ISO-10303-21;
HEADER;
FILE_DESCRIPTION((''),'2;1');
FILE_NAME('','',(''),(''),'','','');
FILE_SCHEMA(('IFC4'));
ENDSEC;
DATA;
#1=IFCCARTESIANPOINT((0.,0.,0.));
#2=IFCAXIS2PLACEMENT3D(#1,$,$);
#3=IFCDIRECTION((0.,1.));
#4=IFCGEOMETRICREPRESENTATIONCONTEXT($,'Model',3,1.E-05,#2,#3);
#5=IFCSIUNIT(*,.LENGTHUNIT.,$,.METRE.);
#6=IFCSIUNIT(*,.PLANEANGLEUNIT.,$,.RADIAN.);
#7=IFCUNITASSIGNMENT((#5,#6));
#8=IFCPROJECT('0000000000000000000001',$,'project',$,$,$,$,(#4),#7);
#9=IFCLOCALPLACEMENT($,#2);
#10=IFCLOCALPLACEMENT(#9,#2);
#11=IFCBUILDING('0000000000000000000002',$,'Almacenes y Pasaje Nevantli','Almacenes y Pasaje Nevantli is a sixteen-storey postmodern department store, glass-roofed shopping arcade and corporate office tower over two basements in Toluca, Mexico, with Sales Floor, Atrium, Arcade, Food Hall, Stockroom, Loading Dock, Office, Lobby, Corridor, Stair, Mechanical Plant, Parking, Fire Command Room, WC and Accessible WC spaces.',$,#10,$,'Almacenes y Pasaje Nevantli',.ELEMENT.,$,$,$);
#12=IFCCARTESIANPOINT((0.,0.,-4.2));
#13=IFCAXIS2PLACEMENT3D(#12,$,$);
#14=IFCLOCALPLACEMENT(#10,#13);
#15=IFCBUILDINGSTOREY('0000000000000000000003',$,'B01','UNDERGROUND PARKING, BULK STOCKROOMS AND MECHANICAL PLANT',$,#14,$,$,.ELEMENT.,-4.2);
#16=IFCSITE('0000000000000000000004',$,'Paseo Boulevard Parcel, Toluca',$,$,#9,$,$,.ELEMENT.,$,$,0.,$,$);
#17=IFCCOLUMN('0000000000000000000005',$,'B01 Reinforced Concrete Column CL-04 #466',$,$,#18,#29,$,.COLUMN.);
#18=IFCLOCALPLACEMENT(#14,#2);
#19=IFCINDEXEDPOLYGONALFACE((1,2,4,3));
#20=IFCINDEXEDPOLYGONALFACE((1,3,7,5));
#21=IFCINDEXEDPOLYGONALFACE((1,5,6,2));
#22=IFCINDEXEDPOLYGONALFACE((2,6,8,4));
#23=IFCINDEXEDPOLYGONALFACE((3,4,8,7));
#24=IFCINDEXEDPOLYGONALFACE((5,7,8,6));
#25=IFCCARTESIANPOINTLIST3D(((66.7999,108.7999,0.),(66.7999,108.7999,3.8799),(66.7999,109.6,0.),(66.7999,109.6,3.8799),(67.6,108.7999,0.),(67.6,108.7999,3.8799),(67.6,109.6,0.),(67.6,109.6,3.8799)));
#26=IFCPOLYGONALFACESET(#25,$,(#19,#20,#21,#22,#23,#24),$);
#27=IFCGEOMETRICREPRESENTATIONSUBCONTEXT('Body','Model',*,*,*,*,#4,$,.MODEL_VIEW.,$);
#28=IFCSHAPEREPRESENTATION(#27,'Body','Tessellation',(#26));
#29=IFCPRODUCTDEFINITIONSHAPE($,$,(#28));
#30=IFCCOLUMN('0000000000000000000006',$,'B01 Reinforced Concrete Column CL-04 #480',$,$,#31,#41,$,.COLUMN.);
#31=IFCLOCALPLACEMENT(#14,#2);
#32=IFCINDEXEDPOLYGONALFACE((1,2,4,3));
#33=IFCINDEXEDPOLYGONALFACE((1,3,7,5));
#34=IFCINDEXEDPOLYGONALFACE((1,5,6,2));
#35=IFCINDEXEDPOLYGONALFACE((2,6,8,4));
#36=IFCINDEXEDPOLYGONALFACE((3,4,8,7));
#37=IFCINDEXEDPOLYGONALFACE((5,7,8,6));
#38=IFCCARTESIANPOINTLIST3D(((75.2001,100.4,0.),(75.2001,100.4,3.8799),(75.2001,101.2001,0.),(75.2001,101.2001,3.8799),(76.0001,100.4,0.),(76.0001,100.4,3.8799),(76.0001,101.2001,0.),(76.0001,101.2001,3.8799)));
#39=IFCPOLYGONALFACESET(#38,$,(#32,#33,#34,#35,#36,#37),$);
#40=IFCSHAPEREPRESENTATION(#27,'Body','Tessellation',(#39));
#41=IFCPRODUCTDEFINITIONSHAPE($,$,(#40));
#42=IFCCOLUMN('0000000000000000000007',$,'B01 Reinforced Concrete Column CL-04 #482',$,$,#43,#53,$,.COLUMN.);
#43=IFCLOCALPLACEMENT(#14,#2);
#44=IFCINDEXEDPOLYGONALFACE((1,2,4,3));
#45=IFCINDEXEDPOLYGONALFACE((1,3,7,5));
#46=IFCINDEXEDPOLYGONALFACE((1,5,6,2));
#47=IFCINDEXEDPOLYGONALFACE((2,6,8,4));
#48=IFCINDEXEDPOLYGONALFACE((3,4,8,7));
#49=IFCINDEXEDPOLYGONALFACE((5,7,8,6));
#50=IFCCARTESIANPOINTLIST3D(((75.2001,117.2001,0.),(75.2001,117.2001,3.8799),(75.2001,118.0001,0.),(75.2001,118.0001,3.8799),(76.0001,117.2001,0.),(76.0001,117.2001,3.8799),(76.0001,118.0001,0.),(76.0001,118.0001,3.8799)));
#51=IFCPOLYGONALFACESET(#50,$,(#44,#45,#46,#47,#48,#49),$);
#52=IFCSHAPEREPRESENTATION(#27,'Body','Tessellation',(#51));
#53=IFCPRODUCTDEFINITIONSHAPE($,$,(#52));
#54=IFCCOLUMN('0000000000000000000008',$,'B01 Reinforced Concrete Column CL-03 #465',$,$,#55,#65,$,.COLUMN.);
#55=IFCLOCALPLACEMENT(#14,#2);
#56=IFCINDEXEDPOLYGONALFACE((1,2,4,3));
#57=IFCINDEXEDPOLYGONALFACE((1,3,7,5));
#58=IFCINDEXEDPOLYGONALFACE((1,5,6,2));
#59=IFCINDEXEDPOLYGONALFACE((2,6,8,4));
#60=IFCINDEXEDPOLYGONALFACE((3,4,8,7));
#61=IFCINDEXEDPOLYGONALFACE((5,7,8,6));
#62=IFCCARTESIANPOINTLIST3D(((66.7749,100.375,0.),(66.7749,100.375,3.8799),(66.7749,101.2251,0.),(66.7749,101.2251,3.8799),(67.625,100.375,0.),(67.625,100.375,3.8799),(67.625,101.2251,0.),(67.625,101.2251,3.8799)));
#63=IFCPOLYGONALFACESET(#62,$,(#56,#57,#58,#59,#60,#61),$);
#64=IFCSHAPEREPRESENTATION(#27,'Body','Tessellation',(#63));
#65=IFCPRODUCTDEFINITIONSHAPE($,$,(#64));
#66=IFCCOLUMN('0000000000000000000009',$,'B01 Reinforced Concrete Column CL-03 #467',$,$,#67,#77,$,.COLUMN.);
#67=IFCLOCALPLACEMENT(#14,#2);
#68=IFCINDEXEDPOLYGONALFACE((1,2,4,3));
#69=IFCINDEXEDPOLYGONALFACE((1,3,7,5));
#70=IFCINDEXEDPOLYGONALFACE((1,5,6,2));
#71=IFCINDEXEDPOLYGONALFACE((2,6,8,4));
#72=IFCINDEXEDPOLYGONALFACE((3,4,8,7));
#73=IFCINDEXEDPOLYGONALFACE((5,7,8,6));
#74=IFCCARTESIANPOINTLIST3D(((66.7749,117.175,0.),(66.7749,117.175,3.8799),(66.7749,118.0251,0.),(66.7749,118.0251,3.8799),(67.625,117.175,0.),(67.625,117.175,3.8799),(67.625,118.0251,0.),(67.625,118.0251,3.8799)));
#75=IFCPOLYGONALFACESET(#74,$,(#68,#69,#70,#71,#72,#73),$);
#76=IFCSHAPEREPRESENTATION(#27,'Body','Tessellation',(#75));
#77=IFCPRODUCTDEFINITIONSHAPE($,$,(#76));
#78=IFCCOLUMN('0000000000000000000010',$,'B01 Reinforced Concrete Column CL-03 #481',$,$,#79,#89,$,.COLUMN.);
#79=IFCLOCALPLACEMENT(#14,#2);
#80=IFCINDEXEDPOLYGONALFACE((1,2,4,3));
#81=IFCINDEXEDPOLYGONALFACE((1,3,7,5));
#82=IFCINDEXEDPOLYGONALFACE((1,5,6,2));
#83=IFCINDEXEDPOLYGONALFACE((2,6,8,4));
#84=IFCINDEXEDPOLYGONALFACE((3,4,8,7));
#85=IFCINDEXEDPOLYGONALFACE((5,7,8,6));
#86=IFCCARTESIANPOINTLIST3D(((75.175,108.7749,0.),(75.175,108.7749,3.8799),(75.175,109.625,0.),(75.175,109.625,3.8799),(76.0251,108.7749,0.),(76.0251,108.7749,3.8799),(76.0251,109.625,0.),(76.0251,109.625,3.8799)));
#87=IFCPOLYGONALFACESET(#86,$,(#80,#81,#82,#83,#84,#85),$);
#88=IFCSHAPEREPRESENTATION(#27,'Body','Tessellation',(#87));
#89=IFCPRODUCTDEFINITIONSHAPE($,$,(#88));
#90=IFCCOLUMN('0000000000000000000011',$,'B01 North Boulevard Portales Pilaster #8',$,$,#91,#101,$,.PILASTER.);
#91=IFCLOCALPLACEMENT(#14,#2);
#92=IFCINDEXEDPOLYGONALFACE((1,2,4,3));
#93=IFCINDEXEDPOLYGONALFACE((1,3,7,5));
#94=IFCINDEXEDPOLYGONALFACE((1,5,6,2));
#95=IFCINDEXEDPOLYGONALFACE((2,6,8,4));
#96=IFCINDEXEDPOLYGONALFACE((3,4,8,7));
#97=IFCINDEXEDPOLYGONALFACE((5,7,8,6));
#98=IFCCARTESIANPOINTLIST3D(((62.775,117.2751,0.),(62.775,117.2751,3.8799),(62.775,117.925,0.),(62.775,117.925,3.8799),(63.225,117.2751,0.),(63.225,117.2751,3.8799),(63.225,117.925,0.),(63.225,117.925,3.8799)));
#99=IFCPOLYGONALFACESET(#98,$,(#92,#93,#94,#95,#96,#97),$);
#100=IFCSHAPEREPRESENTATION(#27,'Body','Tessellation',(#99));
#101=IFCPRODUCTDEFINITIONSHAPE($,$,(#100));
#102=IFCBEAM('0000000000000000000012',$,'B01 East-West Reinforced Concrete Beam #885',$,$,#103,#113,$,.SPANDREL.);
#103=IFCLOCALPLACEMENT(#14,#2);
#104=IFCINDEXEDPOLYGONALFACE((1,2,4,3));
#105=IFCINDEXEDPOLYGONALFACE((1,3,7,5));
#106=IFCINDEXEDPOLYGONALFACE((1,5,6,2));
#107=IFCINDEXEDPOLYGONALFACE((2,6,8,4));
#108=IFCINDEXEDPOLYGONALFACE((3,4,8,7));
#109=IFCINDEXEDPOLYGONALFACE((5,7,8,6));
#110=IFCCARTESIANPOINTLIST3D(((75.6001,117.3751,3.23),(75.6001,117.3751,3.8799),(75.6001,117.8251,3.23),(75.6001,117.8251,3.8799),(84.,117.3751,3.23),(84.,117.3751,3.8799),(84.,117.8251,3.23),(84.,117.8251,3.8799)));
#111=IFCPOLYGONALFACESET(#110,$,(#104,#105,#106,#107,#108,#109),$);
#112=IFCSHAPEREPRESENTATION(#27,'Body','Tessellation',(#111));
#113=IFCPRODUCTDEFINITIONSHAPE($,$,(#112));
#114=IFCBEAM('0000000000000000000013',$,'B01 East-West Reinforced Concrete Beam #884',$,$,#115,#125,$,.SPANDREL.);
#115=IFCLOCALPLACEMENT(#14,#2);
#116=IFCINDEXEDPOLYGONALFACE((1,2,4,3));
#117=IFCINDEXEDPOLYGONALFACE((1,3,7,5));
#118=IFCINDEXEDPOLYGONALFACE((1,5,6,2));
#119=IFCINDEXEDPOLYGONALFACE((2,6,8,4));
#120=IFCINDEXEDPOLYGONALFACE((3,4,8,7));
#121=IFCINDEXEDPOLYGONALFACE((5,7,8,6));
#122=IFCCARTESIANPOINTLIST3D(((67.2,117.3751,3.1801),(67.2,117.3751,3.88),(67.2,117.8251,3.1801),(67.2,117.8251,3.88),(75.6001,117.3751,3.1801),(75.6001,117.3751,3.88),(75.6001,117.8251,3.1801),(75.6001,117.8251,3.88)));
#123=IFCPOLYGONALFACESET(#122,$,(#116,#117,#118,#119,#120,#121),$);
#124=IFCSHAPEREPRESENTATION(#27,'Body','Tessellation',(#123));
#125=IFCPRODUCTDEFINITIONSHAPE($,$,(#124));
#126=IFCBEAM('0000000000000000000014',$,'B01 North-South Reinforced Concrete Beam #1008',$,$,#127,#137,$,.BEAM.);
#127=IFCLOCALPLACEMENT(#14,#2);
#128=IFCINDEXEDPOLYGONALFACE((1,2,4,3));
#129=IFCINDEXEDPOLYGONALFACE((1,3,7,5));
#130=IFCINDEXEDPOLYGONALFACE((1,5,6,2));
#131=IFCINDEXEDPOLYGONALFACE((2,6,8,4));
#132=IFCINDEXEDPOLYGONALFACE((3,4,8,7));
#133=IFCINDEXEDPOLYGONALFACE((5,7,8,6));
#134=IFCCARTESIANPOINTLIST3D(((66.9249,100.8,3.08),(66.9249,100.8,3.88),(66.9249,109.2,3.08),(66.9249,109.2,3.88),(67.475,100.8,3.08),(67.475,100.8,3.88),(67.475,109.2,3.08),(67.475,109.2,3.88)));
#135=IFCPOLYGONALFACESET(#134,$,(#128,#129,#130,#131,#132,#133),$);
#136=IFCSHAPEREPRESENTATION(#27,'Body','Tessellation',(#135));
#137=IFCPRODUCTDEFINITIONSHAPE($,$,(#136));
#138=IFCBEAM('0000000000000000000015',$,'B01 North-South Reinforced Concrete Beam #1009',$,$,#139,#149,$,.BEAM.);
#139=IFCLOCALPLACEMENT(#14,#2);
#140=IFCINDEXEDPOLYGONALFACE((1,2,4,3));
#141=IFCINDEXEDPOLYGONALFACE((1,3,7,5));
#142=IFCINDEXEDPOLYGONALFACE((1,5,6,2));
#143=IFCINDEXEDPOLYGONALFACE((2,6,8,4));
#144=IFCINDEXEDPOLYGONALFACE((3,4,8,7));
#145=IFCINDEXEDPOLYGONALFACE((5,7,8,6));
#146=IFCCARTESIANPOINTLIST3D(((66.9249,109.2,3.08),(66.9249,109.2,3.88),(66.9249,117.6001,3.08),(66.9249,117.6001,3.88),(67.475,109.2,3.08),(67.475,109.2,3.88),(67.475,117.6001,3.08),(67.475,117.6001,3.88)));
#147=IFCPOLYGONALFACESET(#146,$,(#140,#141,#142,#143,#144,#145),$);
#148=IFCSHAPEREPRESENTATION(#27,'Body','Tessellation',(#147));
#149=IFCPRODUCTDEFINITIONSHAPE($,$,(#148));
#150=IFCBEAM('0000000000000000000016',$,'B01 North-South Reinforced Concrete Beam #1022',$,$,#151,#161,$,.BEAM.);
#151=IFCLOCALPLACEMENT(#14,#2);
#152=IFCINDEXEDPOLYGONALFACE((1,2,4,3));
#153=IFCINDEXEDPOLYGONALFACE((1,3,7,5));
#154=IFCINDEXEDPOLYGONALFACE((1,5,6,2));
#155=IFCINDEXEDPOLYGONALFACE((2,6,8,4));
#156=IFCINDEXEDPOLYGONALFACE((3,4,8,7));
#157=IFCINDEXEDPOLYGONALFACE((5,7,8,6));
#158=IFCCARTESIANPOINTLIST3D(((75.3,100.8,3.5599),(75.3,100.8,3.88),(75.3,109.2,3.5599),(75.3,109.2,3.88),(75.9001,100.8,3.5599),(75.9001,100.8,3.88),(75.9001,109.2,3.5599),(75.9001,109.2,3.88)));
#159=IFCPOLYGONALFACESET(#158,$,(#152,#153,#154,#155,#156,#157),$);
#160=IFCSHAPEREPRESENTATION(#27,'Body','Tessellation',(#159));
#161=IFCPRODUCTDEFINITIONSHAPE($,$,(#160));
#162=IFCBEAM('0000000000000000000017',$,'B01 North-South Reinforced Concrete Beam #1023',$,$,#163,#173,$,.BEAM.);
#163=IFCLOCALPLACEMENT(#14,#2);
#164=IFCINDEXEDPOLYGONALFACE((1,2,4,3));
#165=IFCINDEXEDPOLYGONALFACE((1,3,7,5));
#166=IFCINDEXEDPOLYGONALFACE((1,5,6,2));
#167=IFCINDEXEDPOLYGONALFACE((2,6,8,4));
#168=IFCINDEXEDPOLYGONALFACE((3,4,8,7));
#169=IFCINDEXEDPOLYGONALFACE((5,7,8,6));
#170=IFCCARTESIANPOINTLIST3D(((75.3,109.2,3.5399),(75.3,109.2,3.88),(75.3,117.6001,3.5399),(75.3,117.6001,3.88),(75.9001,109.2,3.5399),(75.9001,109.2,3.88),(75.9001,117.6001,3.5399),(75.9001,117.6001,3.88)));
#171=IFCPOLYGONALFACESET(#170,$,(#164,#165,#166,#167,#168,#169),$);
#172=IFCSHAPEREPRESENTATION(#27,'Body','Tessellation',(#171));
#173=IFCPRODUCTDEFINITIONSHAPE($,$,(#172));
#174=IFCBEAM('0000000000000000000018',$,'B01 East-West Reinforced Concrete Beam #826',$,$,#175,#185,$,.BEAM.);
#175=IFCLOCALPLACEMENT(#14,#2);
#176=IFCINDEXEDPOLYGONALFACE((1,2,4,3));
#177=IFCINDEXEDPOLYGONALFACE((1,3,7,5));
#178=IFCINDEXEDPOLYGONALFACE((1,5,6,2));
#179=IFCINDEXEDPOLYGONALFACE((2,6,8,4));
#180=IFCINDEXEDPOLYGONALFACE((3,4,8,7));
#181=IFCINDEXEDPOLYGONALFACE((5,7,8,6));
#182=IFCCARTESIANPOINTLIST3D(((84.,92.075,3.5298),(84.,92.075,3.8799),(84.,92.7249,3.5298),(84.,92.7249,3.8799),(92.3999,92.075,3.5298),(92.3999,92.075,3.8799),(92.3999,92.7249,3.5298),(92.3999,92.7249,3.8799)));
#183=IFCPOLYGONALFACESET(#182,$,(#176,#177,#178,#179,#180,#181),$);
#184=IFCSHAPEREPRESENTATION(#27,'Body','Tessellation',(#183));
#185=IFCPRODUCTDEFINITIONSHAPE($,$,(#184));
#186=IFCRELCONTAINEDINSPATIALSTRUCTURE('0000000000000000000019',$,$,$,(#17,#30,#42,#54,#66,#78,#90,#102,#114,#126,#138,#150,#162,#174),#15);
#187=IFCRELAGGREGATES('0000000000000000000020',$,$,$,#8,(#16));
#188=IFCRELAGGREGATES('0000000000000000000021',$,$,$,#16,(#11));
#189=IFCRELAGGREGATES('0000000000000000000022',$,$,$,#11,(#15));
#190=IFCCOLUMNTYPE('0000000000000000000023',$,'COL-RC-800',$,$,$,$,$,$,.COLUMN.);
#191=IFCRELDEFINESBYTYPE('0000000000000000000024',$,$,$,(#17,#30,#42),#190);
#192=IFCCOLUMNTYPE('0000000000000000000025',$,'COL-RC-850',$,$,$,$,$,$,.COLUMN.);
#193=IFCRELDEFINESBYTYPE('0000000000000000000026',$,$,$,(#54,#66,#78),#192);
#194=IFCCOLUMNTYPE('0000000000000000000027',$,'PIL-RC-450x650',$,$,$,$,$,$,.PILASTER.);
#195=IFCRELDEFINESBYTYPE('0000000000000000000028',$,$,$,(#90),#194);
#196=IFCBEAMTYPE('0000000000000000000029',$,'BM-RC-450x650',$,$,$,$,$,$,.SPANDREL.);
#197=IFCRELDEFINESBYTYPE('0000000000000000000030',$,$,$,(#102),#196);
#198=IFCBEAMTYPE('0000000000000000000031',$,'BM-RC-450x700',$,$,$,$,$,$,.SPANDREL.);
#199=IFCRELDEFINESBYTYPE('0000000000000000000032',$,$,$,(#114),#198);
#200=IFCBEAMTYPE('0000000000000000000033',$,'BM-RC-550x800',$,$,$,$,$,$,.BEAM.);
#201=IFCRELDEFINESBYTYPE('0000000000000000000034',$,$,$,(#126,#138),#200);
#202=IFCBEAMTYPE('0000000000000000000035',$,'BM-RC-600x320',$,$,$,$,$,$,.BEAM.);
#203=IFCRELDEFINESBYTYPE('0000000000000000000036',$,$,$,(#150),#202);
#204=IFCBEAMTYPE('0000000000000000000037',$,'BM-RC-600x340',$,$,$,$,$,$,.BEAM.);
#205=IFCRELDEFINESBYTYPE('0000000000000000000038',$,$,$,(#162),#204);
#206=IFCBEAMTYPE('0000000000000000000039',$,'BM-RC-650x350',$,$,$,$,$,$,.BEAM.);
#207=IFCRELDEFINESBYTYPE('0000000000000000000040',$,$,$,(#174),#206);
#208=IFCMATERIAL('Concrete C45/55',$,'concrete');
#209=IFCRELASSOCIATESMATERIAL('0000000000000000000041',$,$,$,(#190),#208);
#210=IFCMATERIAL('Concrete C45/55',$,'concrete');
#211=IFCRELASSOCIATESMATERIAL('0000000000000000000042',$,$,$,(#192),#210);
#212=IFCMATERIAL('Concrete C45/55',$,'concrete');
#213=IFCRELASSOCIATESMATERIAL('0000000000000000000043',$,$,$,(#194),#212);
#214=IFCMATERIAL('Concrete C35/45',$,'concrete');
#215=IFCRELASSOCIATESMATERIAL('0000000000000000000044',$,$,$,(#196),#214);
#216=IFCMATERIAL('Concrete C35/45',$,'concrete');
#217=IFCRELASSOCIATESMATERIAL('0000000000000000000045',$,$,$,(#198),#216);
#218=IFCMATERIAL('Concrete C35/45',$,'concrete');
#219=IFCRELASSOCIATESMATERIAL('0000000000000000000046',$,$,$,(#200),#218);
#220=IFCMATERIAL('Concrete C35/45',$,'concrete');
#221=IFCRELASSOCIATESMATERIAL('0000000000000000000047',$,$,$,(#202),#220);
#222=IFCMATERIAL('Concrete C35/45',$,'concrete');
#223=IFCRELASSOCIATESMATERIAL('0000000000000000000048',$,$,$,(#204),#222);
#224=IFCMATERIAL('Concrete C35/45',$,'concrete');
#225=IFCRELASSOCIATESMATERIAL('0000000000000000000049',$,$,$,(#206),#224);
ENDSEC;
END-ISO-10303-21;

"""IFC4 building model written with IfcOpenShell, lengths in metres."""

from ifc_helpers import new_model, si_unit, direction, frame, origin, origin_2d, place, context, subcontext, project, spatial, rectangle, extrude, material, material_profile, profile_set, type_object, element, save


model = new_model("IFC4")

# Units and contexts
model_context = context("Model", 3, precision=1e-05, world=origin(), true_north=direction((0.0, 1.0)))
body_context = subcontext(model_context, "Body", "Model", "MODEL_VIEW")
ifc_project = project(units=[si_unit("LENGTHUNIT", "METRE"), si_unit("PLANEANGLEUNIT", "RADIAN")], contexts=[model_context])

# Site, building, storey
site_placement = place(None, origin())
site = spatial("IfcSite", under=ifc_project, at=site_placement, Name="Paseo Boulevard Parcel, Toluca", CompositionType="ELEMENT", RefElevation=0.0)
building_placement = place(site_placement, origin())
building = spatial("IfcBuilding", under=site, at=building_placement, Name="Almacenes y Pasaje Nevantli", Description="Almacenes y Pasaje Nevantli is a sixteen-storey postmodern department store, glass-roofed shopping arcade and corporate office tower over two basements in Toluca, Mexico, with Sales Floor, Atrium, Arcade, Food Hall, Stockroom, Loading Dock, Office, Lobby, Corridor, Stair, Mechanical Plant, Parking, Fire Command Room, WC and Accessible WC spaces.", LongName="Almacenes y Pasaje Nevantli", CompositionType="ELEMENT")
storey_placement = place(building_placement, frame((0.0, 0.0, -4.2)))
storey = spatial("IfcBuildingStorey", under=building, at=storey_placement, Name="B01", Description="UNDERGROUND PARKING, BULK STOCKROOMS AND MECHANICAL PLANT", CompositionType="ELEMENT", Elevation=-4.2)

# Columns
ifc_material_1 = material(Name="Concrete C45/55", Category="concrete")
ifc_material_profile_1 = material_profile(ifc_material_1, rectangle(XDim=0.8, YDim=0.8, at=origin_2d()), Name="RC-COL-800x800")
ifc_profile_set_1 = profile_set([ifc_material_profile_1], Name="Concrete C45/55")
column_type_1 = type_object("IfcColumnType", Name="COL-RC-800", PredefinedType="COLUMN", material=ifc_profile_set_1)
for number, where, z_axis, x_axis, name in (
    (1, (67.2, 109.2, 0.0), (0.0, 0.0, 1.0), (1.0, 0.0, 0.0), "B01 Reinforced Concrete Column CL-04 #466"),
    (2, (75.6001, 100.8, 0.0), (0.0, 0.0, 1.0), (1.0, 0.0, 0.0), "B01 Reinforced Concrete Column CL-04 #480"),
    (3, (75.6001, 117.6001, 0.0), (0.0, 0.0, 1.0), (1.0, 0.0, 0.0), "B01 Reinforced Concrete Column CL-04 #482"),
):
    element("IfcColumn", number, at=place(storey_placement, frame(where, z_axis=z_axis, x_axis=x_axis)), inside=storey, type_object=column_type_1, Name=name, PredefinedType="COLUMN", context=body_context, shape_type="SweptSolid", body=[
        extrude(rectangle(XDim=0.8, YDim=0.8, at=origin_2d()), origin(), (0.0, 0.0, 1.0), 3.8799),
    ])
ifc_material_2 = material(Name="Concrete C45/55", Category="concrete")
ifc_material_profile_2 = material_profile(ifc_material_2, rectangle(XDim=0.8501, YDim=0.8501, at=origin_2d()), Name="RC-COL-850x850")
ifc_profile_set_2 = profile_set([ifc_material_profile_2], Name="Concrete C45/55")
column_type_2 = type_object("IfcColumnType", Name="COL-RC-850", PredefinedType="COLUMN", material=ifc_profile_set_2)
for number, where, z_axis, x_axis, name in (
    (4, (67.2, 100.8, 0.0), (0.0, 0.0, 1.0), (1.0, 0.0, 0.0), "B01 Reinforced Concrete Column CL-03 #465"),
    (5, (67.2, 117.6001, 0.0), (0.0, 0.0, 1.0), (1.0, 0.0, 0.0), "B01 Reinforced Concrete Column CL-03 #467"),
    (6, (75.6001, 109.2, 0.0), (0.0, 0.0, 1.0), (1.0, 0.0, 0.0), "B01 Reinforced Concrete Column CL-03 #481"),
):
    element("IfcColumn", number, at=place(storey_placement, frame(where, z_axis=z_axis, x_axis=x_axis)), inside=storey, type_object=column_type_2, Name=name, PredefinedType="COLUMN", context=body_context, shape_type="SweptSolid", body=[
        extrude(rectangle(XDim=0.8501, YDim=0.8501, at=origin_2d()), origin(), (0.0, 0.0, 1.0), 3.8799),
    ])
ifc_material_3 = material(Name="Concrete C45/55", Category="concrete")
ifc_material_profile_3 = material_profile(ifc_material_3, rectangle(XDim=0.45, YDim=0.6499, at=origin_2d()), Name="RC-PIL-450x650")
ifc_profile_set_3 = profile_set([ifc_material_profile_3], Name="Concrete C45/55")
column_type_3 = type_object("IfcColumnType", Name="PIL-RC-450x650", PredefinedType="PILASTER", material=ifc_profile_set_3)
column_placement = place(storey_placement, frame((63.0, 117.6001, 0.0), z_axis=(0.0, 0.0, 1.0), x_axis=(1.0, 0.0, 0.0)))
element("IfcColumn", 7, at=column_placement, inside=storey, type_object=column_type_3, Name="B01 North Boulevard Portales Pilaster #8", PredefinedType="PILASTER", context=body_context, shape_type="SweptSolid", body=[
    extrude(rectangle(XDim=0.45, YDim=0.6499, at=origin_2d()), origin(), (0.0, 0.0, 1.0), 3.8799),
])

# Beams
ifc_material_4 = material(Name="Concrete C35/45", Category="concrete")
ifc_material_profile_4 = material_profile(ifc_material_4, rectangle(XDim=0.45, YDim=0.6499, at=origin_2d()), Name="RC-BM-450x650")
ifc_profile_set_4 = profile_set([ifc_material_profile_4], Name="Concrete C35/45")
beam_type_1 = type_object("IfcBeamType", Name="BM-RC-450x650", PredefinedType="SPANDREL", material=ifc_profile_set_4)
beam_1_placement = place(storey_placement, frame((75.6001, 117.6001, 3.5549), z_axis=(1.0, 0.0, 0.0), x_axis=(0.0, 1.0, 0.0)))
element("IfcBeam", 8, at=beam_1_placement, inside=storey, type_object=beam_type_1, Name="B01 East-West Reinforced Concrete Beam #885", PredefinedType="SPANDREL", context=body_context, shape_type="SweptSolid", body=[
    extrude(rectangle(XDim=0.45, YDim=0.6499, at=origin_2d()), origin(), (0.0, 0.0, 1.0), 8.3999),
])
ifc_material_5 = material(Name="Concrete C35/45", Category="concrete")
ifc_material_profile_5 = material_profile(ifc_material_5, rectangle(XDim=0.45, YDim=0.7, at=origin_2d()), Name="RC-BM-450x700")
ifc_profile_set_5 = profile_set([ifc_material_profile_5], Name="Concrete C35/45")
beam_type_2 = type_object("IfcBeamType", Name="BM-RC-450x700", PredefinedType="SPANDREL", material=ifc_profile_set_5)
beam_2_placement = place(storey_placement, frame((67.2, 117.6001, 3.53), z_axis=(1.0, 0.0, 0.0), x_axis=(0.0, 1.0, 0.0)))
element("IfcBeam", 9, at=beam_2_placement, inside=storey, type_object=beam_type_2, Name="B01 East-West Reinforced Concrete Beam #884", PredefinedType="SPANDREL", context=body_context, shape_type="SweptSolid", body=[
    extrude(rectangle(XDim=0.45, YDim=0.7, at=origin_2d()), origin(), (0.0, 0.0, 1.0), 8.4001),
])
ifc_material_6 = material(Name="Concrete C35/45", Category="concrete")
ifc_material_profile_6 = material_profile(ifc_material_6, rectangle(XDim=0.55, YDim=0.8, at=origin_2d()), Name="RC-BM-550x800")
ifc_profile_set_6 = profile_set([ifc_material_profile_6], Name="Concrete C35/45")
beam_type_3 = type_object("IfcBeamType", Name="BM-RC-550x800", PredefinedType="BEAM", material=ifc_profile_set_6)
beam_3_placement = place(storey_placement, frame((67.2, 100.8, 3.48), z_axis=(0.0, 1.0, 0.0), x_axis=(-1.0, 0.0, 0.0)))
element("IfcBeam", 10, at=beam_3_placement, inside=storey, type_object=beam_type_3, Name="B01 North-South Reinforced Concrete Beam #1008", PredefinedType="BEAM", context=body_context, shape_type="SweptSolid", body=[
    extrude(rectangle(XDim=0.55, YDim=0.8, at=origin_2d()), origin(), (0.0, 0.0, 1.0), 8.3999),
])
beam_4_placement = place(storey_placement, frame((67.2, 109.2, 3.48), z_axis=(0.0, 1.0, 0.0), x_axis=(-1.0, 0.0, 0.0)))
element("IfcBeam", 11, at=beam_4_placement, inside=storey, type_object=beam_type_3, Name="B01 North-South Reinforced Concrete Beam #1009", PredefinedType="BEAM", context=body_context, shape_type="SweptSolid", body=[
    extrude(rectangle(XDim=0.55, YDim=0.8, at=origin_2d()), origin(), (0.0, 0.0, 1.0), 8.4001),
])
ifc_material_7 = material(Name="Concrete C35/45", Category="concrete")
ifc_material_profile_7 = material_profile(ifc_material_7, rectangle(XDim=0.6001, YDim=0.3201, at=origin_2d()), Name="RC-BM-600x320")
ifc_profile_set_7 = profile_set([ifc_material_profile_7], Name="Concrete C35/45")
beam_type_4 = type_object("IfcBeamType", Name="BM-RC-600x320", PredefinedType="BEAM", material=ifc_profile_set_7)
beam_5_placement = place(storey_placement, frame((75.6001, 100.8, 3.72), z_axis=(0.0, 1.0, 0.0), x_axis=(-1.0, 0.0, 0.0)))
element("IfcBeam", 12, at=beam_5_placement, inside=storey, type_object=beam_type_4, Name="B01 North-South Reinforced Concrete Beam #1022", PredefinedType="BEAM", context=body_context, shape_type="SweptSolid", body=[
    extrude(rectangle(XDim=0.6001, YDim=0.3201, at=origin_2d()), origin(), (0.0, 0.0, 1.0), 8.3999),
])
ifc_material_8 = material(Name="Concrete C35/45", Category="concrete")
ifc_material_profile_8 = material_profile(ifc_material_8, rectangle(XDim=0.6001, YDim=0.3401, at=origin_2d()), Name="RC-BM-600x340")
ifc_profile_set_8 = profile_set([ifc_material_profile_8], Name="Concrete C35/45")
beam_type_5 = type_object("IfcBeamType", Name="BM-RC-600x340", PredefinedType="BEAM", material=ifc_profile_set_8)
beam_6_placement = place(storey_placement, frame((75.6001, 109.2, 3.71), z_axis=(0.0, 1.0, 0.0), x_axis=(-1.0, 0.0, 0.0)))
element("IfcBeam", 13, at=beam_6_placement, inside=storey, type_object=beam_type_5, Name="B01 North-South Reinforced Concrete Beam #1023", PredefinedType="BEAM", context=body_context, shape_type="SweptSolid", body=[
    extrude(rectangle(XDim=0.6001, YDim=0.3401, at=origin_2d()), origin(), (0.0, 0.0, 1.0), 8.4001),
])
ifc_material_9 = material(Name="Concrete C35/45", Category="concrete")
ifc_material_profile_9 = material_profile(ifc_material_9, rectangle(XDim=0.6499, YDim=0.3501, at=origin_2d()), Name="RC-BM-650x350")
ifc_profile_set_9 = profile_set([ifc_material_profile_9], Name="Concrete C35/45")
beam_type_6 = type_object("IfcBeamType", Name="BM-RC-650x350", PredefinedType="BEAM", material=ifc_profile_set_9)
for number, where, z_axis, x_axis, name in (
    (14, (84.0, 92.3999, 3.7048), (1.0, 0.0, 0.0), (0.0, 1.0, 0.0), "B01 East-West Reinforced Concrete Beam #826"),
):
    element("IfcBeam", number, at=place(storey_placement, frame(where, z_axis=z_axis, x_axis=x_axis)), inside=storey, type_object=beam_type_6, Name=name, PredefinedType="BEAM", context=body_context, shape_type="SweptSolid", body=[
        extrude(rectangle(XDim=0.6499, YDim=0.3501, at=origin_2d()), origin(), (0.0, 0.0, 1.0), 8.3999),
    ])

save(model, "model.ifc")
